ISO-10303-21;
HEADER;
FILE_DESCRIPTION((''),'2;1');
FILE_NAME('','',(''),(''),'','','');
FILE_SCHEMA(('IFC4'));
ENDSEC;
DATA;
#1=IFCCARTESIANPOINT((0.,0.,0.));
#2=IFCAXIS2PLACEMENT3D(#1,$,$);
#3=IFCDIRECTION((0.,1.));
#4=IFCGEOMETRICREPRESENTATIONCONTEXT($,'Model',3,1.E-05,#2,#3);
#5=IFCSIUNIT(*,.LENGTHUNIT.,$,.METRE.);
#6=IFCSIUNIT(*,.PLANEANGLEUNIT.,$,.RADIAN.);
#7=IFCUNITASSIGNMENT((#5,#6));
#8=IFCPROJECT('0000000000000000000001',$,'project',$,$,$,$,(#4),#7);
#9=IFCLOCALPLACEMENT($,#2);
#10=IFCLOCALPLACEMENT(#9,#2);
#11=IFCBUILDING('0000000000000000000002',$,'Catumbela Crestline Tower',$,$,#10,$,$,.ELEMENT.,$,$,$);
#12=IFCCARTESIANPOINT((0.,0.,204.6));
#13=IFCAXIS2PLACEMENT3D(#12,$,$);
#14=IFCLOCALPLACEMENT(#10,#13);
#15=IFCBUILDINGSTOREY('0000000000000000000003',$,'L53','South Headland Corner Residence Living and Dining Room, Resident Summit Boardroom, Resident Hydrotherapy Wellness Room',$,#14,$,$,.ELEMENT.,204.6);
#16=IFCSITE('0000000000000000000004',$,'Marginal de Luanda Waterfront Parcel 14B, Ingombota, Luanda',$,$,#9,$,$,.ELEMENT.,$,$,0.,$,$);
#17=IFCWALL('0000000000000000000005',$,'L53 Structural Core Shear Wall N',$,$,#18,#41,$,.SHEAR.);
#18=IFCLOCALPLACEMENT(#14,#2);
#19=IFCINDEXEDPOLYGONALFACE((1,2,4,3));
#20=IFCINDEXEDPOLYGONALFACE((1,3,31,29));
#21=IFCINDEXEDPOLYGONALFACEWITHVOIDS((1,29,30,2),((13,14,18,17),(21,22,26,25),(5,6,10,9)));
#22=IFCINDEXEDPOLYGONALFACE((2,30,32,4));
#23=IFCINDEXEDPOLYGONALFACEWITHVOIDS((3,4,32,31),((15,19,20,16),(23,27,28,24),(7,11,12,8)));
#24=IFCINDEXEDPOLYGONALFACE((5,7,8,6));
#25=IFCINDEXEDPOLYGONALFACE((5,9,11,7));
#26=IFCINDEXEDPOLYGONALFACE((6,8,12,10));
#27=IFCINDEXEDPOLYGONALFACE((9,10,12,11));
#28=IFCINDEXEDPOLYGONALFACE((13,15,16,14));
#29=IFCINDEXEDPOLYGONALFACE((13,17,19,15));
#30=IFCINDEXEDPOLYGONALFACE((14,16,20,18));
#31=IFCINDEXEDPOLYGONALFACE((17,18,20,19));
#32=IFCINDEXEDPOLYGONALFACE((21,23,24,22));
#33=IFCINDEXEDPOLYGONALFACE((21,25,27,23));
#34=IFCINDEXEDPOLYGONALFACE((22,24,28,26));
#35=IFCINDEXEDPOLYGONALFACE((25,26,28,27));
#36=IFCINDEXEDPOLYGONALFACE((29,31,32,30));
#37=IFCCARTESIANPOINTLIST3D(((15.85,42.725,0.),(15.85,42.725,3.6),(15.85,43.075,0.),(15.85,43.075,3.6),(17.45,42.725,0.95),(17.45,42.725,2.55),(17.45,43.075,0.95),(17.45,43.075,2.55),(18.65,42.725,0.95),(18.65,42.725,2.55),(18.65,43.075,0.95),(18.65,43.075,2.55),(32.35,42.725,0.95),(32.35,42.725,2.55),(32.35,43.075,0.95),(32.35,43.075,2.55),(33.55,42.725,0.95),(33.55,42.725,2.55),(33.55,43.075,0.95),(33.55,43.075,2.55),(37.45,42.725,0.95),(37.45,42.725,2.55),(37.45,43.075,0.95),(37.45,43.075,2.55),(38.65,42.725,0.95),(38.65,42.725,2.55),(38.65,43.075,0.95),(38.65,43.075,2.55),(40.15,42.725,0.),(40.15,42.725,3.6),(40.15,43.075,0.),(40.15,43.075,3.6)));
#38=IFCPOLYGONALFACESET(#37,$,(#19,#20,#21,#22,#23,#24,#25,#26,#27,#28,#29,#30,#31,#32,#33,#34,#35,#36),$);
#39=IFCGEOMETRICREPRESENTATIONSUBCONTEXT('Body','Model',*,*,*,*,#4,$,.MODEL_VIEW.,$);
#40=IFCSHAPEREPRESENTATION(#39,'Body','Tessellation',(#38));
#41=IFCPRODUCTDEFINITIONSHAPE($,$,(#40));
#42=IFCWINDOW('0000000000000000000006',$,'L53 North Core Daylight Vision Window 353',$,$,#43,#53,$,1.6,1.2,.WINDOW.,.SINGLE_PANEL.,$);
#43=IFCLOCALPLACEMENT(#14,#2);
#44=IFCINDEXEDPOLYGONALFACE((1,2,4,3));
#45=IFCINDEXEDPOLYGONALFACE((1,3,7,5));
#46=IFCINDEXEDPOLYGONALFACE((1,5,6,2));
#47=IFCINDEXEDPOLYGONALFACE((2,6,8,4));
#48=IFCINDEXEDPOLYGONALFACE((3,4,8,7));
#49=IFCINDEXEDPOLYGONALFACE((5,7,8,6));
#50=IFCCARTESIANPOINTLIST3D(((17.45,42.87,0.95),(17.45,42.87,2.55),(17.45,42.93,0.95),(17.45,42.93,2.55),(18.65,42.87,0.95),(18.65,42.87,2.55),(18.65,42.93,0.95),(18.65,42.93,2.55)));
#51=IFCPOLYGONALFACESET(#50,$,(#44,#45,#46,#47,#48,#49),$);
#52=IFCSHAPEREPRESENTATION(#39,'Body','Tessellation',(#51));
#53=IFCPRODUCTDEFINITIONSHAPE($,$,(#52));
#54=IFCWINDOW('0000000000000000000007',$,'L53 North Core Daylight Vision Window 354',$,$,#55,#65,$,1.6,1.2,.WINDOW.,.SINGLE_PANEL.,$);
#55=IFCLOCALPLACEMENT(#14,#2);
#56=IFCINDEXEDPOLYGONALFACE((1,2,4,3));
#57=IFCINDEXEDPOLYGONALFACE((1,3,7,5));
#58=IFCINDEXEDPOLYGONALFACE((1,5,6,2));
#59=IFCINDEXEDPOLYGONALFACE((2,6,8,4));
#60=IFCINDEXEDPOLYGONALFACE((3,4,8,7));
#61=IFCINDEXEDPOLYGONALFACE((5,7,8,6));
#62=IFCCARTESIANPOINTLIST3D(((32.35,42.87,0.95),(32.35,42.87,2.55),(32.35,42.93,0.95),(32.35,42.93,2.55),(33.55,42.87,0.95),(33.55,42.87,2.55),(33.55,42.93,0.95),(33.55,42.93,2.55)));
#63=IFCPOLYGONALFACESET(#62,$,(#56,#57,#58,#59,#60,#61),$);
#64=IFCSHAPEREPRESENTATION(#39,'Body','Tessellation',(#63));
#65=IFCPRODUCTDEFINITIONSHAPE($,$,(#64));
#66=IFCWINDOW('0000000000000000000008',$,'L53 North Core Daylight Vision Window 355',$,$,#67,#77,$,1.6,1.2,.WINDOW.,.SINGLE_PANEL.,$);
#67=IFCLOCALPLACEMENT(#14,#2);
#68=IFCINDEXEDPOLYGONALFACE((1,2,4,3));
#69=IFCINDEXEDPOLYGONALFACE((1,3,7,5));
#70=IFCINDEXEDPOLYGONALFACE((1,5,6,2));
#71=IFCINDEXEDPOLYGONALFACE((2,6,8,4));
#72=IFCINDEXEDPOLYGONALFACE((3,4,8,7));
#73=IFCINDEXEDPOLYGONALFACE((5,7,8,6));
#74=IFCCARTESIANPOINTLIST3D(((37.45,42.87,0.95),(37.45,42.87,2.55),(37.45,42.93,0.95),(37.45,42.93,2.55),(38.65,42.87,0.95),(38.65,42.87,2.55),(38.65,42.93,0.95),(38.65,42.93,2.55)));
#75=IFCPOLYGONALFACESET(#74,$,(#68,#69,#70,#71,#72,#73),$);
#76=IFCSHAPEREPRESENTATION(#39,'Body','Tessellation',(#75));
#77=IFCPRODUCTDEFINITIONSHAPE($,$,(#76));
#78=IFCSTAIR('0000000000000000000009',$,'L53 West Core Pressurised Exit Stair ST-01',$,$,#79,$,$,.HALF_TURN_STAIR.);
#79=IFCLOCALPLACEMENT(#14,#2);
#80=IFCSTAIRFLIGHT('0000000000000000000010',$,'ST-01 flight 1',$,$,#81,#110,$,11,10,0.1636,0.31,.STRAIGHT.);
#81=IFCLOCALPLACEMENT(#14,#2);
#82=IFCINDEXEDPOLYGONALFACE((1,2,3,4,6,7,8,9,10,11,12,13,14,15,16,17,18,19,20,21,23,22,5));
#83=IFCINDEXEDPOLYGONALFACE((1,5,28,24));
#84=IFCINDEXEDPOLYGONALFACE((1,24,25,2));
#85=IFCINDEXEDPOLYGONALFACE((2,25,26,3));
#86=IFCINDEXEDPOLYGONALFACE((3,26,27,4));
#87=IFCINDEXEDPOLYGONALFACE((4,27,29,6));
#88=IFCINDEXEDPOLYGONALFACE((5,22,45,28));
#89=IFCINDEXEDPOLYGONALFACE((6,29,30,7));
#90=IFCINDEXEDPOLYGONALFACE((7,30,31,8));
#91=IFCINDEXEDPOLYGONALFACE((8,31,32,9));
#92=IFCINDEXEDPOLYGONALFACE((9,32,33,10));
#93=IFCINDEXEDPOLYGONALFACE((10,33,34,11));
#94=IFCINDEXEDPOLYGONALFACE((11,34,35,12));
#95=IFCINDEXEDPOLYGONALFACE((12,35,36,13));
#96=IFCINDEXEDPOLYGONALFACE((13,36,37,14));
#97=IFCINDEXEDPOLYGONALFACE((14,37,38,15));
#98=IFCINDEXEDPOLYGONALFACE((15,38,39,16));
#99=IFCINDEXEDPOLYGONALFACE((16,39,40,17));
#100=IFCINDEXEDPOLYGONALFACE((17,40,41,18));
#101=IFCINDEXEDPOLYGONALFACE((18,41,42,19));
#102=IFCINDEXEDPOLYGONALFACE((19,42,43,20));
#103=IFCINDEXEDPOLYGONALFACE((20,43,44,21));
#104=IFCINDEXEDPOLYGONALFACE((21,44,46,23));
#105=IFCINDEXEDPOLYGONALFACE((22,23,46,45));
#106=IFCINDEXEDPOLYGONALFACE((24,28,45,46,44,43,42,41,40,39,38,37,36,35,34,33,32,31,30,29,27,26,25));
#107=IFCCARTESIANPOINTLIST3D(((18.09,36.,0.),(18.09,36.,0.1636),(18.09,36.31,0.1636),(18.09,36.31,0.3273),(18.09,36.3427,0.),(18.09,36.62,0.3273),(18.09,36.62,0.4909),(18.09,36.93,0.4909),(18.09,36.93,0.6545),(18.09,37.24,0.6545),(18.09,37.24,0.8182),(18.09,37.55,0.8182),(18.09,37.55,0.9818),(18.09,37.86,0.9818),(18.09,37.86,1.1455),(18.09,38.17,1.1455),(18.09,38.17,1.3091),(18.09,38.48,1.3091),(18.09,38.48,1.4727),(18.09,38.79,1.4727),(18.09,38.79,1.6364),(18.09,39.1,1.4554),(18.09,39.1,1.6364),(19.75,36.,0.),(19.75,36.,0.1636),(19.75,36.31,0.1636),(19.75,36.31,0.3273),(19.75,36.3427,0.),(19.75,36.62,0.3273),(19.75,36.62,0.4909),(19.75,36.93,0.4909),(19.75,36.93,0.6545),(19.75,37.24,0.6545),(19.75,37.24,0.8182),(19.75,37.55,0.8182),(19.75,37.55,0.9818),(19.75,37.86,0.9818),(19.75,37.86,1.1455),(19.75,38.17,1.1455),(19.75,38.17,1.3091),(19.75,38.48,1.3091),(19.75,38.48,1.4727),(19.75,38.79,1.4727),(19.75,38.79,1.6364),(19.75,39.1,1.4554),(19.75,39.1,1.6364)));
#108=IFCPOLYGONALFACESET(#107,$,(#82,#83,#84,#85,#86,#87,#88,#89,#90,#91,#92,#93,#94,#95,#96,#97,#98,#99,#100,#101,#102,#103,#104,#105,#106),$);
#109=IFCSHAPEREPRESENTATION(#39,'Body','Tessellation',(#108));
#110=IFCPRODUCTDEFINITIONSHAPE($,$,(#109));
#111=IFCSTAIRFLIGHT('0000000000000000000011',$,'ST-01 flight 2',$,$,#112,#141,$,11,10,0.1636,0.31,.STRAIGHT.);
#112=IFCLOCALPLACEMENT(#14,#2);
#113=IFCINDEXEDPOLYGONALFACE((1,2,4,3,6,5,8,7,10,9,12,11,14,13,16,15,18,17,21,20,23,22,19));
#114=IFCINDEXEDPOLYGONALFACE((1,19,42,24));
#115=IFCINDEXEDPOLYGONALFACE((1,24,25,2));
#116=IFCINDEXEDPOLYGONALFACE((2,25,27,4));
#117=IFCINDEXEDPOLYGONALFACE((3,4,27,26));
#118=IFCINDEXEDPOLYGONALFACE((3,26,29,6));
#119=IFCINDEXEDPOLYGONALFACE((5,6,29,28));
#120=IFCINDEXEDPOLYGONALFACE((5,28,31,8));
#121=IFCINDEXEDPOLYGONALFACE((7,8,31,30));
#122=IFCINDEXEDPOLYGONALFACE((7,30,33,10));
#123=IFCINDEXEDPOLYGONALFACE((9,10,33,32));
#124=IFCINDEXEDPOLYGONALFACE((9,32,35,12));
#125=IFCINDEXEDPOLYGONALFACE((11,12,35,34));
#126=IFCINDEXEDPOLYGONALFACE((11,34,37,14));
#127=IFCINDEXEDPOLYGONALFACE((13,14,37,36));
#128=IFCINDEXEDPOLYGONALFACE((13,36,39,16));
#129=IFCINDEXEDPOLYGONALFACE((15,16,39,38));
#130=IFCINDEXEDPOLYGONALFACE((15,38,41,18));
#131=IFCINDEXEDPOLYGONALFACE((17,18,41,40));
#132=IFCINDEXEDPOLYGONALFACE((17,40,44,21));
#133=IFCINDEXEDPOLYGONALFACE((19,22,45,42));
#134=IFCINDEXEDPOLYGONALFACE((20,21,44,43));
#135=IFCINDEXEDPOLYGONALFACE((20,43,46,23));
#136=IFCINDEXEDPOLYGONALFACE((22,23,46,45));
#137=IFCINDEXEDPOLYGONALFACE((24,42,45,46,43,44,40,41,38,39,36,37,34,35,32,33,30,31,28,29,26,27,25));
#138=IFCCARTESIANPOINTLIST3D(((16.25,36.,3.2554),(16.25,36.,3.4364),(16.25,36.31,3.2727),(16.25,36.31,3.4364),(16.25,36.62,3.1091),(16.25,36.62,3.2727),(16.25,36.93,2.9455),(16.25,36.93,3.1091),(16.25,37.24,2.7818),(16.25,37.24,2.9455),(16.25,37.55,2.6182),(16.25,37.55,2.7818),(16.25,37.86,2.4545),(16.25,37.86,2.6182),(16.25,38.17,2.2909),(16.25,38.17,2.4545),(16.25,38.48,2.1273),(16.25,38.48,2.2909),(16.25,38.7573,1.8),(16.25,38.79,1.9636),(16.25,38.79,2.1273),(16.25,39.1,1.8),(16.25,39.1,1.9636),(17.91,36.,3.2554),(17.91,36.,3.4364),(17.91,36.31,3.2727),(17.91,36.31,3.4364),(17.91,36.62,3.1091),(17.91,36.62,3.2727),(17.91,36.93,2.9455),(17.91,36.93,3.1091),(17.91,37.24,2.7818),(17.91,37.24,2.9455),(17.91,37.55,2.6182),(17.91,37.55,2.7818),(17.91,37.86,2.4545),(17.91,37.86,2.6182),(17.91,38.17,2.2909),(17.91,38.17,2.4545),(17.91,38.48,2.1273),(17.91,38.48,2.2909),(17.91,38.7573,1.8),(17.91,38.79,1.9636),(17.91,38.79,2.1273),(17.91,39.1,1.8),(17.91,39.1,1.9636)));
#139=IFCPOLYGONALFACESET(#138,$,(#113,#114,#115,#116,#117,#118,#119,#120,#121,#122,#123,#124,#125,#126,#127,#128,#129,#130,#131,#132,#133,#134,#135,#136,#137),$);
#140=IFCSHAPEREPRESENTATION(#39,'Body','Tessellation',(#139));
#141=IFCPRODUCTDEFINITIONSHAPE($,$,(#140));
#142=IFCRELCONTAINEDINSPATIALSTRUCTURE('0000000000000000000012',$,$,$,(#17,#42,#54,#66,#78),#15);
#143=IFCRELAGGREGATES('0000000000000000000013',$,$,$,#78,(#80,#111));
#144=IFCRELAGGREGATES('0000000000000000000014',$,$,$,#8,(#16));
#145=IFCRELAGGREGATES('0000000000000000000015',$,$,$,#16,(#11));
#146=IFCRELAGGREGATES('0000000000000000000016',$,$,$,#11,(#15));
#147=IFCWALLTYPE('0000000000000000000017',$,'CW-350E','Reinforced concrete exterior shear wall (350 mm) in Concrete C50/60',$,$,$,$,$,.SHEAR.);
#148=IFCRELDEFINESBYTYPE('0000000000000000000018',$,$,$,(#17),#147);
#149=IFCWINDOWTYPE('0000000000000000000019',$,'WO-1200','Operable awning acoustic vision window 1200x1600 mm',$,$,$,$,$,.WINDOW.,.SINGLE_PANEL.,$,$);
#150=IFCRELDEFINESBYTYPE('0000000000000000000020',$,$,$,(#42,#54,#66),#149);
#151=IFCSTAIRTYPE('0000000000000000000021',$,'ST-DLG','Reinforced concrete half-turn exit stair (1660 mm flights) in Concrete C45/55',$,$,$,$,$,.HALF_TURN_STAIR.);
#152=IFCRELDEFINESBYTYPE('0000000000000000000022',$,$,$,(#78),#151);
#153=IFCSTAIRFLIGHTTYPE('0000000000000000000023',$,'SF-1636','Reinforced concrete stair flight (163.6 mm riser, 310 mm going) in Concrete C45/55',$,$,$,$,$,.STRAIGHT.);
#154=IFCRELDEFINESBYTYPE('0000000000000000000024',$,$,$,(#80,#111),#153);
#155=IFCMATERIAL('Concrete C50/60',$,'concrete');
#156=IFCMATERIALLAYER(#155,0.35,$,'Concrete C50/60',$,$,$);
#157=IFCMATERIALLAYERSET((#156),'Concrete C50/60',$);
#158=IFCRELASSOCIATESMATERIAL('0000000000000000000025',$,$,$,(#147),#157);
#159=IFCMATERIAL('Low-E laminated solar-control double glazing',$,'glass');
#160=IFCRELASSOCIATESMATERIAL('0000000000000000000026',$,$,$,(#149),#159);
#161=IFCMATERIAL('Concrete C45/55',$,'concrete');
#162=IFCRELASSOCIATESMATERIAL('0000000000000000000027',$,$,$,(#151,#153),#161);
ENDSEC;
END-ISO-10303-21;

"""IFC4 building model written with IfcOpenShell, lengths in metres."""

from ifc_helpers import new_model, si_unit, direction, frame, frame_2d, origin, place, context, subcontext, project, spatial, polyline, rectangle, outline, extrude, material, layer, layer_set, type_object, element, fill, aggregate, save


model = new_model("IFC4")

# Units and contexts
model_context = context("Model", 3, precision=1e-05, world=origin(), true_north=direction((0.0, 1.0)))
body_context = subcontext(model_context, "Body", "Model", "MODEL_VIEW")
ifc_project = project(units=[si_unit("LENGTHUNIT", "METRE"), si_unit("PLANEANGLEUNIT", "RADIAN")], contexts=[model_context])

# Site, building, storey
site_placement = place(None, origin())
site = spatial("IfcSite", under=ifc_project, at=site_placement, Name="Marginal de Luanda Waterfront Parcel 14B, Ingombota, Luanda", CompositionType="ELEMENT", RefElevation=0.0)
building_placement = place(site_placement, origin())
building = spatial("IfcBuilding", under=site, at=building_placement, Name="Catumbela Crestline Tower", CompositionType="ELEMENT")
storey_placement = place(building_placement, frame((0.0, 0.0, 204.6)))
storey = spatial("IfcBuildingStorey", under=building, at=storey_placement, Name="L53", Description="South Headland Corner Residence Living and Dining Room, Resident Summit Boardroom, Resident Hydrotherapy Wellness Room", CompositionType="ELEMENT", Elevation=204.6)

# Shared definitions
ifc_material_1 = material(Name="Low-E laminated solar-control double glazing", Category="glass")

# Shared definitions
ifc_material_2 = material(Name="Concrete C50/60", Category="concrete")

# Wall, openings, windows
ifc_layer_1 = layer(ifc_material_2, 0.35, Name="Concrete C50/60")
ifc_layer_set_1 = layer_set([ifc_layer_1], Name="Concrete C50/60")
wall_type_1 = type_object("IfcWallType", Name="CW-350E", Description="Reinforced concrete exterior shear wall (350 mm) in Concrete C50/60", PredefinedType="SHEAR", material=ifc_layer_set_1)
wall_1_placement = place(storey_placement, frame((15.85, 42.9, 0.0), z_axis=(0.0, 0.0, 1.0), x_axis=(1.0, 0.0, 0.0)))
wall_1 = element("IfcWall", 1, at=wall_1_placement, inside=storey, type_object=wall_type_1, Name="L53 Structural Core Shear Wall N", PredefinedType="SHEAR", context=body_context, shape_type="SweptSolid", body=[
    extrude(rectangle(XDim=24.3, YDim=0.35, at=frame_2d((12.15, 0.0))), origin(), (0.0, 0.0, 1.0), 3.6),
])
opening_1_placement = place(wall_1_placement, frame((1.6, 0.0, 0.95)))
opening_1 = element("IfcOpeningElement", 2, at=opening_1_placement, cuts=wall_1, PredefinedType="OPENING", context=body_context, shape_type="SweptSolid", body=[
    extrude(rectangle(XDim=1.2, YDim=1.6, at=frame_2d((0.6, 0.8))), frame((0.0, 0.185, 0.0), z_axis=(0.0, -1.0, 0.0), x_axis=(1.0, 0.0, 0.0)), (0.0, 0.0, 1.0), 0.37),
])
opening_2_placement = place(wall_1_placement, frame((16.5, 0.0, 0.95)))
opening_2 = element("IfcOpeningElement", 3, at=opening_2_placement, cuts=wall_1, PredefinedType="OPENING", context=body_context, shape_type="SweptSolid", body=[
    extrude(rectangle(XDim=1.2, YDim=1.6, at=frame_2d((0.6, 0.8))), frame((0.0, 0.185, 0.0), z_axis=(0.0, -1.0, 0.0), x_axis=(1.0, 0.0, 0.0)), (0.0, 0.0, 1.0), 0.37),
])
opening_3_placement = place(wall_1_placement, frame((21.6, 0.0, 0.95)))
opening_3 = element("IfcOpeningElement", 4, at=opening_3_placement, cuts=wall_1, PredefinedType="OPENING", context=body_context, shape_type="SweptSolid", body=[
    extrude(rectangle(XDim=1.2, YDim=1.6, at=frame_2d((0.6, 0.8))), frame((0.0, 0.185, 0.0), z_axis=(0.0, -1.0, 0.0), x_axis=(1.0, 0.0, 0.0)), (0.0, 0.0, 1.0), 0.37),
])
window_type = type_object("IfcWindowType", Name="WO-1200", Description="Operable awning acoustic vision window 1200x1600 mm", PartitioningType="SINGLE_PANEL", PredefinedType="WINDOW", material=ifc_material_1)
window_1_placement = place(opening_1_placement, origin())
window_1 = element("IfcWindow", 5, at=window_1_placement, inside=storey, type_object=window_type, Name="L53 North Core Daylight Vision Window 353", OverallHeight=1.6, OverallWidth=1.2, PartitioningType="SINGLE_PANEL", PredefinedType="WINDOW", context=body_context, shape_type="SweptSolid", body=[
    extrude(rectangle(XDim=1.2, YDim=1.6, at=frame_2d((0.6, 0.8))), frame((0.0, 0.03, 0.0), z_axis=(0.0, -1.0, 0.0), x_axis=(1.0, 0.0, 0.0)), (0.0, 0.0, 1.0), 0.06),
])
fill(opening_1, window_1)
window_2_placement = place(opening_2_placement, origin())
window_2 = element("IfcWindow", 6, at=window_2_placement, inside=storey, type_object=window_type, Name="L53 North Core Daylight Vision Window 354", OverallHeight=1.6, OverallWidth=1.2, PartitioningType="SINGLE_PANEL", PredefinedType="WINDOW", context=body_context, shape_type="SweptSolid", body=[
    extrude(rectangle(XDim=1.2, YDim=1.6, at=frame_2d((0.6, 0.8))), frame((0.0, 0.03, 0.0), z_axis=(0.0, -1.0, 0.0), x_axis=(1.0, 0.0, 0.0)), (0.0, 0.0, 1.0), 0.06),
])
fill(opening_2, window_2)
window_3_placement = place(opening_3_placement, origin())
window_3 = element("IfcWindow", 7, at=window_3_placement, inside=storey, type_object=window_type, Name="L53 North Core Daylight Vision Window 355", OverallHeight=1.6, OverallWidth=1.2, PartitioningType="SINGLE_PANEL", PredefinedType="WINDOW", context=body_context, shape_type="SweptSolid", body=[
    extrude(rectangle(XDim=1.2, YDim=1.6, at=frame_2d((0.6, 0.8))), frame((0.0, 0.03, 0.0), z_axis=(0.0, -1.0, 0.0), x_axis=(1.0, 0.0, 0.0)), (0.0, 0.0, 1.0), 0.06),
])
fill(opening_3, window_3)

# Stair, stair flights
ifc_material_3 = material(Name="Concrete C45/55", Category="concrete")
stair_type = type_object("IfcStairType", Name="ST-DLG", Description="Reinforced concrete half-turn exit stair (1660 mm flights) in Concrete C45/55", PredefinedType="HALF_TURN_STAIR", material=ifc_material_3)
stair_placement = place(storey_placement, origin())
stair = element("IfcStair", 8, at=stair_placement, inside=storey, type_object=stair_type, Name="L53 West Core Pressurised Exit Stair ST-01", PredefinedType="HALF_TURN_STAIR")
stair_flight_type = type_object("IfcStairFlightType", Name="SF-1636", Description="Reinforced concrete stair flight (163.6 mm riser, 310 mm going) in Concrete C45/55", PredefinedType="STRAIGHT", material=ifc_material_3)
stair_flight_1_placement = place(storey_placement, frame((18.92, 36.0, 0.0), z_axis=(0.0, 0.0, 1.0), x_axis=(0.0, 1.0, 0.0)))
stair_flight_1 = element("IfcStairFlight", 9, at=stair_flight_1_placement, type_object=stair_flight_type, Name="ST-01 flight 1", NumberOfRisers=11, NumberOfTreads=10, PredefinedType="STRAIGHT", RiserHeight=0.1636, TreadLength=0.31, context=body_context, shape_type="SweptSolid", body=[
    extrude(outline(polyline([(0.0, 0.0), (0.0, 0.1636), (0.31, 0.1636), (0.31, 0.3273), (0.62, 0.3273), (0.62, 0.4909), (0.93, 0.4909), (0.93, 0.6545), (1.24, 0.6545), (1.24, 0.8182), (1.55, 0.8182), (1.55, 0.9818), (1.86, 0.9818), (1.86, 1.1455), (2.17, 1.1455), (2.17, 1.3091), (2.48, 1.3091), (2.48, 1.4727), (2.79, 1.4727), (2.79, 1.6364), (3.1, 1.6364), (3.1, 1.8), (3.1, 1.4554), (0.3427, 0.0), (0.0, 0.0)])), frame((0.0, 0.83, 0.0), z_axis=(0.0, -1.0, 0.0), x_axis=(1.0, 0.0, 0.0)), (0.0, 0.0, 1.0), 1.66),
])
stair_flight_2_placement = place(storey_placement, frame((17.08, 39.1, 1.8), z_axis=(0.0, 0.0, 1.0), x_axis=(0.0, -1.0, 0.0)))
stair_flight_2 = element("IfcStairFlight", 10, at=stair_flight_2_placement, type_object=stair_flight_type, Name="ST-01 flight 2", NumberOfRisers=11, NumberOfTreads=10, PredefinedType="STRAIGHT", RiserHeight=0.1636, TreadLength=0.31, context=body_context, shape_type="SweptSolid", body=[
    extrude(outline(polyline([(0.0, 0.0), (0.0, 0.1636), (0.31, 0.1636), (0.31, 0.3273), (0.62, 0.3273), (0.62, 0.4909), (0.93, 0.4909), (0.93, 0.6545), (1.24, 0.6545), (1.24, 0.8182), (1.55, 0.8182), (1.55, 0.9818), (1.86, 0.9818), (1.86, 1.1455), (2.17, 1.1455), (2.17, 1.3091), (2.48, 1.3091), (2.48, 1.4727), (2.79, 1.4727), (2.79, 1.6364), (3.1, 1.6364), (3.1, 1.8), (3.1, 1.4554), (0.3427, 0.0), (0.0, 0.0)])), frame((0.0, 0.83, 0.0), z_axis=(0.0, -1.0, 0.0), x_axis=(1.0, 0.0, 0.0)), (0.0, 0.0, 1.0), 1.66),
])
aggregate(stair, [stair_flight_1, stair_flight_2])

save(model, "model.ifc")
